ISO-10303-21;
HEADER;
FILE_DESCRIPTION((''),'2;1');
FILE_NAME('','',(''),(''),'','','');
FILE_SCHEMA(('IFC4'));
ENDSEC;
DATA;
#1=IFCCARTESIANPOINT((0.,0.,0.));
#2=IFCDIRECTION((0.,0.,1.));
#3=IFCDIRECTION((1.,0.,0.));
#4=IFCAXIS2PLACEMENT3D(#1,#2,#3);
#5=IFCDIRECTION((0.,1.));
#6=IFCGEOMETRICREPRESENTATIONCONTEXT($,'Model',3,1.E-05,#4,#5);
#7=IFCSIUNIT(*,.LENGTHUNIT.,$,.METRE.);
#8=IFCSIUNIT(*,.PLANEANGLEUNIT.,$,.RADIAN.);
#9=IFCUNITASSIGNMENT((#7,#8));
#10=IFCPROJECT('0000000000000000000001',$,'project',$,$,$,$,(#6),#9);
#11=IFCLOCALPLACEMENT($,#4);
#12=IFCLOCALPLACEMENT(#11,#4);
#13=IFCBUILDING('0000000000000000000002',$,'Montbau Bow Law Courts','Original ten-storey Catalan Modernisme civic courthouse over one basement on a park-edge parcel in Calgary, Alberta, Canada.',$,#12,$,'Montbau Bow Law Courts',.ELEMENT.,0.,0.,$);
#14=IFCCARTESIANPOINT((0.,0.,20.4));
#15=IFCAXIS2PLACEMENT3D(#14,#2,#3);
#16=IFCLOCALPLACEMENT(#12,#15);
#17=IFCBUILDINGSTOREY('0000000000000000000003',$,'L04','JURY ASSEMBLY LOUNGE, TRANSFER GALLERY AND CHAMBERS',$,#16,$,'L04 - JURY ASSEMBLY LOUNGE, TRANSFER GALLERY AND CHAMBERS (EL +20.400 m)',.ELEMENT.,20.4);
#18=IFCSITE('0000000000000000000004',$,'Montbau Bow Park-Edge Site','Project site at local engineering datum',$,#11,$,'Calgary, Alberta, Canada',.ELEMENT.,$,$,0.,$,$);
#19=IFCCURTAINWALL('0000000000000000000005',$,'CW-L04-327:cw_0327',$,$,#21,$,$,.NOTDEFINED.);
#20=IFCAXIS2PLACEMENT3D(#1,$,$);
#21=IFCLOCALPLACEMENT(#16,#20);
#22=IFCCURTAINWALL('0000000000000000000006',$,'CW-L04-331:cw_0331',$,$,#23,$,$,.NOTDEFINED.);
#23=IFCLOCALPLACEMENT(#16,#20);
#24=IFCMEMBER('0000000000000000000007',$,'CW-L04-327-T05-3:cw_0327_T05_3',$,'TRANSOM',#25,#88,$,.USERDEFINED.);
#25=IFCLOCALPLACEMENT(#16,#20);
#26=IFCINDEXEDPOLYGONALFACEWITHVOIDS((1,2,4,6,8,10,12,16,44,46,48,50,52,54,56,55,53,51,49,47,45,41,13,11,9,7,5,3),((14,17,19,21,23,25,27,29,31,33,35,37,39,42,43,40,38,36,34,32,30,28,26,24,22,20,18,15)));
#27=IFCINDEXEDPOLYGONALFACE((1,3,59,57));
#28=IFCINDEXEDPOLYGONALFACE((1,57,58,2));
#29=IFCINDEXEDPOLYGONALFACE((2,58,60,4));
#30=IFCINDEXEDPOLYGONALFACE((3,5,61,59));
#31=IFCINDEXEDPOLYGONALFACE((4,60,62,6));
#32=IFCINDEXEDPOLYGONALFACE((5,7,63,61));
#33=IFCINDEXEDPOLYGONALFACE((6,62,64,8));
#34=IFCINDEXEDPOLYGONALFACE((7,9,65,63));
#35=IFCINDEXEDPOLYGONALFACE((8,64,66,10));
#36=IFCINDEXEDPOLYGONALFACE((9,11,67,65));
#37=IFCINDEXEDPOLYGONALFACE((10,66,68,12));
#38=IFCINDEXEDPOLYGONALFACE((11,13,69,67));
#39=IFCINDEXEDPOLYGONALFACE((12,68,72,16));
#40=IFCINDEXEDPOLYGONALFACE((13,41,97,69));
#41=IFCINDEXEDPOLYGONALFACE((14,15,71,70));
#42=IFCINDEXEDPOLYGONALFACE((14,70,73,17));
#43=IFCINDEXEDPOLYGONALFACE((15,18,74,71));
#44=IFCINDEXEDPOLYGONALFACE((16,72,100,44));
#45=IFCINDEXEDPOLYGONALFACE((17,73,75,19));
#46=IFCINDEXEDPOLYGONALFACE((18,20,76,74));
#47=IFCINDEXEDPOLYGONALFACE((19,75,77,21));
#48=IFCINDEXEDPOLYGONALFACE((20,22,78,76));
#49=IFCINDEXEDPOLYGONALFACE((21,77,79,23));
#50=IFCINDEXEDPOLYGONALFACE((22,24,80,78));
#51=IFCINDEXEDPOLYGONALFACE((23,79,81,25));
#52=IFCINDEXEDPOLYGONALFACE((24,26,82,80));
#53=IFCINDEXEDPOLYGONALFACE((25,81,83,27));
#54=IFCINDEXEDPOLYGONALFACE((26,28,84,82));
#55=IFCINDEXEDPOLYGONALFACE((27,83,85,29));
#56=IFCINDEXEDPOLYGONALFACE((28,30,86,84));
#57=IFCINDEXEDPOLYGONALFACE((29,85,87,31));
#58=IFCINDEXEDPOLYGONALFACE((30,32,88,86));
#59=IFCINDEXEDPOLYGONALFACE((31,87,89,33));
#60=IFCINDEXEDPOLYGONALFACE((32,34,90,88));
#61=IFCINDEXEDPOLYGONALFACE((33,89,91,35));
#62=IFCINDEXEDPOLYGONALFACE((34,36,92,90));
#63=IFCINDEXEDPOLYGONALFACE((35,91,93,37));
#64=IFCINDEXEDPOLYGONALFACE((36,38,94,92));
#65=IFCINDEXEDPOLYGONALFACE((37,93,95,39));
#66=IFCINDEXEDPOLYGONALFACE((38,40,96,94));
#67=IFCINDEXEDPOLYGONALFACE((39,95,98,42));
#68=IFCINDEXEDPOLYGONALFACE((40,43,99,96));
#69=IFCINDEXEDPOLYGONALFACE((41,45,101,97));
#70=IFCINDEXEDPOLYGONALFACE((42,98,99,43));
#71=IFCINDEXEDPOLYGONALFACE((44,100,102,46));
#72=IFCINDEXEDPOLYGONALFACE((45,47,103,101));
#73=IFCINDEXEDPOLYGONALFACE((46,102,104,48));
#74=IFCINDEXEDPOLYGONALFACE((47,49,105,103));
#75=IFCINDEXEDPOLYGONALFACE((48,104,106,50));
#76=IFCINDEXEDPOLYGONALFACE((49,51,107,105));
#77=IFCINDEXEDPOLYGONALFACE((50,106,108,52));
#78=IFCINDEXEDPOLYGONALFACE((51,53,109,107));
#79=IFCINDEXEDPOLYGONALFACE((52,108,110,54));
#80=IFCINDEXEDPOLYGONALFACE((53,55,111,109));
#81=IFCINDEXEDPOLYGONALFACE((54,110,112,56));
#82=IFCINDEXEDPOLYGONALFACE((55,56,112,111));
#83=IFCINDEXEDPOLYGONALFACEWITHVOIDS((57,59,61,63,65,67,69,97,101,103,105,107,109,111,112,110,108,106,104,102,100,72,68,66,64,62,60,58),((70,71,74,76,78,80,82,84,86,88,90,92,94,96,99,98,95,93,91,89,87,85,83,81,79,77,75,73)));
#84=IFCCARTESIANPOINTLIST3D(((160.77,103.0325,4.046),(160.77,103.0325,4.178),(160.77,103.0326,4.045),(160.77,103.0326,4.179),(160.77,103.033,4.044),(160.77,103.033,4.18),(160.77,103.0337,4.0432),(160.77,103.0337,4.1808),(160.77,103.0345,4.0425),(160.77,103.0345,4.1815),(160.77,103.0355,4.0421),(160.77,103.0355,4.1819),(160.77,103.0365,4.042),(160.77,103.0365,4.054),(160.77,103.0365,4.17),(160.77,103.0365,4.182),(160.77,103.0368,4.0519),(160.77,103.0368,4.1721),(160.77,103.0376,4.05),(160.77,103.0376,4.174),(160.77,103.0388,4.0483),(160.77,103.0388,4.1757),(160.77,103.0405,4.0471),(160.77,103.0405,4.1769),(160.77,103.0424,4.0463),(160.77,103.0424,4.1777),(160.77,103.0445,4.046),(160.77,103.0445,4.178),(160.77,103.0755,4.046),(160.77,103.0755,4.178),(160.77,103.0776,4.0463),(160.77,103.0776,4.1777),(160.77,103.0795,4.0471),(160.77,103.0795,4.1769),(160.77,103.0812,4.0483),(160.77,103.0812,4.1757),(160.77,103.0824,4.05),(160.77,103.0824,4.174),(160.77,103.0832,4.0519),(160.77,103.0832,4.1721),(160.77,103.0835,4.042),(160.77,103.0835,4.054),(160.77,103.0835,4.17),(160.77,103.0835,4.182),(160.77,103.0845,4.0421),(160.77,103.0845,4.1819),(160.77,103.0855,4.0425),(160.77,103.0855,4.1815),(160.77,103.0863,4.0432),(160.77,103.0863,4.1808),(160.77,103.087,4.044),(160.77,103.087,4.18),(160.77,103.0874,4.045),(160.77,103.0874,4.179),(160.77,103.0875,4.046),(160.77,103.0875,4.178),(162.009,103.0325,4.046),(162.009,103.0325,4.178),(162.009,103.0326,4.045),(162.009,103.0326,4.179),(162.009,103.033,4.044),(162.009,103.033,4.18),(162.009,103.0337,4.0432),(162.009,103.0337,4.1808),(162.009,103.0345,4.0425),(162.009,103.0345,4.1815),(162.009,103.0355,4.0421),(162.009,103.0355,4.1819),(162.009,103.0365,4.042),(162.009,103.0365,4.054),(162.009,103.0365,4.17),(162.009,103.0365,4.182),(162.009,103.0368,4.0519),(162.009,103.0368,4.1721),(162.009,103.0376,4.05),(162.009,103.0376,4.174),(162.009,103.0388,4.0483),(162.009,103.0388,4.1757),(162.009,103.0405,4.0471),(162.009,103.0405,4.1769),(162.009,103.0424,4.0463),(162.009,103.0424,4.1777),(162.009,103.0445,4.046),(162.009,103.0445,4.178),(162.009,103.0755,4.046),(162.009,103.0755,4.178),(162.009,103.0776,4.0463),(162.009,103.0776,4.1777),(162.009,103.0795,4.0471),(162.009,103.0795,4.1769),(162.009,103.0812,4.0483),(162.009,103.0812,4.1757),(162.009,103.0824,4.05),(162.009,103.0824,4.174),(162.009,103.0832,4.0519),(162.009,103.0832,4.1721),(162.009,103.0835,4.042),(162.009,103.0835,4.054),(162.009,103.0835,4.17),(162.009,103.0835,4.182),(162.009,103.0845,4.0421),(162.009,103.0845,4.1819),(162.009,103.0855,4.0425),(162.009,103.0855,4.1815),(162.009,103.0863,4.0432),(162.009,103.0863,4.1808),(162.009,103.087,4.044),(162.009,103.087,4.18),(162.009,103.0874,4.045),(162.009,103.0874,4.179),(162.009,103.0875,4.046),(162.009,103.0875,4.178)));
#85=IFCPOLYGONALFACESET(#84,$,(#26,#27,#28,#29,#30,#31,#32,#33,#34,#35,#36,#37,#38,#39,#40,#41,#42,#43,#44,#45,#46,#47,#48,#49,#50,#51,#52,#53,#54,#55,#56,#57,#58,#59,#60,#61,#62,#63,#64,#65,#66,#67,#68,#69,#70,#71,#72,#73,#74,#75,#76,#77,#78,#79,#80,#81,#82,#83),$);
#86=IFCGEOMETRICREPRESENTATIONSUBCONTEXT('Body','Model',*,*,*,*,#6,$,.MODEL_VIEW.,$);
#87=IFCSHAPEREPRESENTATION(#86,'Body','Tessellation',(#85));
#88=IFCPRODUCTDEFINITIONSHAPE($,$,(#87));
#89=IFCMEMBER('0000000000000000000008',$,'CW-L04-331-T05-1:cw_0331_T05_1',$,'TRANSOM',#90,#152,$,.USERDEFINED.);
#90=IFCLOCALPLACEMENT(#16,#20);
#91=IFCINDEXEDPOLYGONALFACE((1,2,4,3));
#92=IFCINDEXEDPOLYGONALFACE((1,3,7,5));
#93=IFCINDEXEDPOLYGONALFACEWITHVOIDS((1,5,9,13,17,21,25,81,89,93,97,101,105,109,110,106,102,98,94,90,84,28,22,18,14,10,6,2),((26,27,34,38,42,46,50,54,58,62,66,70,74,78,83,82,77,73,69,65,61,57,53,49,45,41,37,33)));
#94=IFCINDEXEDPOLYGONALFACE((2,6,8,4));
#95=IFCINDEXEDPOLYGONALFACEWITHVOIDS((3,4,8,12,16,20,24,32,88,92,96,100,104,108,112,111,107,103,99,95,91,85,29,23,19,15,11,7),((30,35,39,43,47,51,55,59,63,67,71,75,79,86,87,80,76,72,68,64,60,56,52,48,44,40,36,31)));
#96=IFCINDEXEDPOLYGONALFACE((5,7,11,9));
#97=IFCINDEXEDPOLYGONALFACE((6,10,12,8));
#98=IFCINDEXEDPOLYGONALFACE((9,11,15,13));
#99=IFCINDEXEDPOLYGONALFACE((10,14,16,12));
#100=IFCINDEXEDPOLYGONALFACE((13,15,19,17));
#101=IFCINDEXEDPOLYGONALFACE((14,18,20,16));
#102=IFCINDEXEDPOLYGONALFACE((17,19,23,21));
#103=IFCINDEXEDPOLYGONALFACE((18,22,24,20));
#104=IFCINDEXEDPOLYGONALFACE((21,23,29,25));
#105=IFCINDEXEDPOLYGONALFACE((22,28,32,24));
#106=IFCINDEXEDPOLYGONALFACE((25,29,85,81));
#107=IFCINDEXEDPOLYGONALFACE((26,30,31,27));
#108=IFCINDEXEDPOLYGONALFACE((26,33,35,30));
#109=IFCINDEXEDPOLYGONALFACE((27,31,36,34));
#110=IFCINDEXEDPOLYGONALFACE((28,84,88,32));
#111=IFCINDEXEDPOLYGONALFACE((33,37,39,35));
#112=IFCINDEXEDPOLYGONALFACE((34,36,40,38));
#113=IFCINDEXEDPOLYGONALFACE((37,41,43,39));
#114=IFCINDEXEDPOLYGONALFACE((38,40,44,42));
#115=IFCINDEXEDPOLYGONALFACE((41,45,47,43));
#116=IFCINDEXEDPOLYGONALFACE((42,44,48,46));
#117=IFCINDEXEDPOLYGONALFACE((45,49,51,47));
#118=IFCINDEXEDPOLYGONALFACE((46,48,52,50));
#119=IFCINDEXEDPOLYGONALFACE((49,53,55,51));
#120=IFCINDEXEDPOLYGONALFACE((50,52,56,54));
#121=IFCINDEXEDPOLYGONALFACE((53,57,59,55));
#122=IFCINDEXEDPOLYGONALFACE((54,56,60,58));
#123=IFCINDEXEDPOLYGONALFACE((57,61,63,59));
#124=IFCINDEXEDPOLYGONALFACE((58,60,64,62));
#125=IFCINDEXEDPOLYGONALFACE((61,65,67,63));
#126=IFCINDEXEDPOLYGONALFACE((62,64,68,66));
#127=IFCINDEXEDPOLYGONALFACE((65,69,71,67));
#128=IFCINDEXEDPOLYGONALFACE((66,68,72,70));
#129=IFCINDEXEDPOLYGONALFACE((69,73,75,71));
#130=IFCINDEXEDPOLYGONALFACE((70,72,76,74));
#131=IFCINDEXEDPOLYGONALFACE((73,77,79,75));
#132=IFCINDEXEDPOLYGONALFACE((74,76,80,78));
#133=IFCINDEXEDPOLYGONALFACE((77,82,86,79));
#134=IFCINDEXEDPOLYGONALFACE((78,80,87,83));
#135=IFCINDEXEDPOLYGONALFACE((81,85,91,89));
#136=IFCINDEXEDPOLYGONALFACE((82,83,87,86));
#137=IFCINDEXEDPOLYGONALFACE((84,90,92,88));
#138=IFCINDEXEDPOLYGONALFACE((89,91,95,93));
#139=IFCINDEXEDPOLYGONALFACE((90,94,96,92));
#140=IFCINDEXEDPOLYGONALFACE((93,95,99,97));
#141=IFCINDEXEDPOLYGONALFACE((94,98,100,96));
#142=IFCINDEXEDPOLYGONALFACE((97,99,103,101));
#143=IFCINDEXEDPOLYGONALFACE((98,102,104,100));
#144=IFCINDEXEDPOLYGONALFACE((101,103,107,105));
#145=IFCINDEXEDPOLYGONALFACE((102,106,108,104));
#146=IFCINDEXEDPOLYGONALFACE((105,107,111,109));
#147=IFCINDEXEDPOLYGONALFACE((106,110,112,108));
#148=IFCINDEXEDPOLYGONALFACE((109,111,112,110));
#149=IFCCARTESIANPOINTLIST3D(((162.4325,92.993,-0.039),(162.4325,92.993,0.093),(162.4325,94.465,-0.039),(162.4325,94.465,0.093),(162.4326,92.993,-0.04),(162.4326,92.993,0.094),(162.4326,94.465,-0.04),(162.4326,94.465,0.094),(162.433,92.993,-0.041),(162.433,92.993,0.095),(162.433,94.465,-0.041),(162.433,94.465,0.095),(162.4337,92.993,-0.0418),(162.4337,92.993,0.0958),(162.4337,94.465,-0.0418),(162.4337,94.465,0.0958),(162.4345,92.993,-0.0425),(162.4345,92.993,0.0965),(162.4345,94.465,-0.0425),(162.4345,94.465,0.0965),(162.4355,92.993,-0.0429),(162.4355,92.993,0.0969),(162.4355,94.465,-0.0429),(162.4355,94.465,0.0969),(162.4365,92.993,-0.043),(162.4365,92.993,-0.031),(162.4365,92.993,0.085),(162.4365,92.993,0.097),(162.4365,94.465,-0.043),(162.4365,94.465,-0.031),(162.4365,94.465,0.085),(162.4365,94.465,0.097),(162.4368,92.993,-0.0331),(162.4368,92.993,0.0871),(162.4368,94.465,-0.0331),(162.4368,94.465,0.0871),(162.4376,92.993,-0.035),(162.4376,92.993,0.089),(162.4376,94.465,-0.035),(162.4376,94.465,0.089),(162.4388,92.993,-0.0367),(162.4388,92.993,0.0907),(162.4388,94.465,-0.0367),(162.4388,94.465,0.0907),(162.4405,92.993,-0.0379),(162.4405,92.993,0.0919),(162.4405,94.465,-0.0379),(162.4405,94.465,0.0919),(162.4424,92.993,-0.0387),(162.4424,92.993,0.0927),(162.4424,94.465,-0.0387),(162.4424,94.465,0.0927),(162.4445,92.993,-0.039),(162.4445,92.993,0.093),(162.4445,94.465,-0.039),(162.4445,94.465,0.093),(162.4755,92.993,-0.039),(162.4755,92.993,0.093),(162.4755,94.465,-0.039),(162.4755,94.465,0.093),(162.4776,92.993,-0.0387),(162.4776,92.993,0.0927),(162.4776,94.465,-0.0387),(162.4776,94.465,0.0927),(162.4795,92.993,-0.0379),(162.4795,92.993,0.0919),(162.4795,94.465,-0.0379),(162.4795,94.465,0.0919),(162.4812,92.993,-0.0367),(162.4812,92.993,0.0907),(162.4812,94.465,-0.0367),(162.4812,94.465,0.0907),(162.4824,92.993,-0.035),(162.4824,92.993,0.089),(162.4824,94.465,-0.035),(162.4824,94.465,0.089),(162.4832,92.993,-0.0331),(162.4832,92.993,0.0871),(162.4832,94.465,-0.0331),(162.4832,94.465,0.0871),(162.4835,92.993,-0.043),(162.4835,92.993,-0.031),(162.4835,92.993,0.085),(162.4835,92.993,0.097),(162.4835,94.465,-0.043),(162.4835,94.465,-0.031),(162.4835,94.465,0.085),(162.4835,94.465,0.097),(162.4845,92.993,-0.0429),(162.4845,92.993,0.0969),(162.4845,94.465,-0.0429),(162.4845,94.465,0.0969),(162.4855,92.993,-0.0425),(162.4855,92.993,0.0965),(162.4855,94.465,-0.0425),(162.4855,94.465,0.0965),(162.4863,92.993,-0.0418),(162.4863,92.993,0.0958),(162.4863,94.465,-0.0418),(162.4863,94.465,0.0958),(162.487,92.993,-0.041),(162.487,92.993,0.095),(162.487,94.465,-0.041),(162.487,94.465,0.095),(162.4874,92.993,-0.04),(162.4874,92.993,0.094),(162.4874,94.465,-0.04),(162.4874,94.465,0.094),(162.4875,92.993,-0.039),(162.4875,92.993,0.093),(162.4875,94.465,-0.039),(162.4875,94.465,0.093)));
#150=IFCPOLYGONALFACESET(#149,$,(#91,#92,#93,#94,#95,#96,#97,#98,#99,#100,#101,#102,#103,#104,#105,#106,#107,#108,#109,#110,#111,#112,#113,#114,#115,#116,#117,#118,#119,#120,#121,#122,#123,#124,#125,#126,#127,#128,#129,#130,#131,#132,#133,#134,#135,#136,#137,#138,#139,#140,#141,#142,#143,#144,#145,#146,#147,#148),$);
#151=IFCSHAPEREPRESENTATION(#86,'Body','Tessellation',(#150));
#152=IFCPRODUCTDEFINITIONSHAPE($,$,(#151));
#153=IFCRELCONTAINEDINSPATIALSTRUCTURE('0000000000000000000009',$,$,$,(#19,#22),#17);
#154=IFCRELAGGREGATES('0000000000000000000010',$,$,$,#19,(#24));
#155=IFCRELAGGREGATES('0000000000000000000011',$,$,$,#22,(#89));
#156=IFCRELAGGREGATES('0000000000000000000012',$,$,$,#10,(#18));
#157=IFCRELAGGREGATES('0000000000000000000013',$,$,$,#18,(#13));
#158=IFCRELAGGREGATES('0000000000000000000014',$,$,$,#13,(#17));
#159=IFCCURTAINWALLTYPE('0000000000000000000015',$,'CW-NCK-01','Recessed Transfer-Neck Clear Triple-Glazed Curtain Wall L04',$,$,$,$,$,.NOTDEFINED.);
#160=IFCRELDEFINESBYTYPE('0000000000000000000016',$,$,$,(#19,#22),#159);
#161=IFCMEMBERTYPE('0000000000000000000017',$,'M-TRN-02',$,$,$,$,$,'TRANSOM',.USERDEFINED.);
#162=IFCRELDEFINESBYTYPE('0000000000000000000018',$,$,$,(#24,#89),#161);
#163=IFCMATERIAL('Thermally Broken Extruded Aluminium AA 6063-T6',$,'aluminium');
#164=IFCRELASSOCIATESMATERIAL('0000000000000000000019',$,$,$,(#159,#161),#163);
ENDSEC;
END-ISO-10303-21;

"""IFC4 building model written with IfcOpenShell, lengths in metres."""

from ifc_helpers import new_model, si_unit, direction, frame, origin_with_axes, origin_2d_with_axis, place, context, subcontext, project, spatial, hollow_rectangle, extrude, material, material_profile, profile_set, type_object, element, aggregate, save


model = new_model("IFC4")

# Units and contexts
model_context = context("Model", 3, precision=1e-05, world=origin_with_axes(), true_north=direction((0.0, 1.0)))
body_context = subcontext(model_context, "Body", "Model", "MODEL_VIEW")
ifc_project = project(units=[si_unit("LENGTHUNIT", "METRE"), si_unit("PLANEANGLEUNIT", "RADIAN")], contexts=[model_context])

# Site, building, storey
site_placement = place(None, origin_with_axes())
site = spatial("IfcSite", under=ifc_project, at=site_placement, Name="Montbau Bow Park-Edge Site", Description="Project site at local engineering datum", LongName="Calgary, Alberta, Canada", CompositionType="ELEMENT", RefElevation=0.0)
building_placement = place(site_placement, origin_with_axes())
building = spatial("IfcBuilding", under=site, at=building_placement, Name="Montbau Bow Law Courts", Description="Original ten-storey Catalan Modernisme civic courthouse over one basement on a park-edge parcel in Calgary, Alberta, Canada.", LongName="Montbau Bow Law Courts", CompositionType="ELEMENT", ElevationOfRefHeight=0.0, ElevationOfTerrain=0.0)
storey_placement = place(building_placement, frame((0.0, 0.0, 20.4), z_axis=(0.0, 0.0, 1.0), x_axis=(1.0, 0.0, 0.0)))
storey = spatial("IfcBuildingStorey", under=building, at=storey_placement, Name="L04", Description="JURY ASSEMBLY LOUNGE, TRANSFER GALLERY AND CHAMBERS", LongName="L04 - JURY ASSEMBLY LOUNGE, TRANSFER GALLERY AND CHAMBERS (EL +20.400 m)", CompositionType="ELEMENT", Elevation=20.4)

# Curtain walls
ifc_material_1 = material(Name="Thermally Broken Extruded Aluminium AA 6063-T6", Category="aluminium")
curtain_wall_type = type_object("IfcCurtainWallType", Name="CW-NCK-01", Description="Recessed Transfer-Neck Clear Triple-Glazed Curtain Wall L04", PredefinedType="NOTDEFINED", material=ifc_material_1)
curtain_wall_1_placement = place(None, frame((155.315, 103.06, 20.4), z_axis=(0.0, 0.0, 1.0), x_axis=(1.0, 0.0, 0.0)))
curtain_wall_1 = element("IfcCurtainWall", 1, at=curtain_wall_1_placement, inside=storey, type_object=curtain_wall_type, Name="CW-L04-327:cw_0327", PredefinedType="NOTDEFINED")
curtain_wall_2_placement = place(None, frame((162.46, 86.668, 20.4), z_axis=(0.0, 0.0, 1.0), x_axis=(1.0, 0.0, 0.0)))
curtain_wall_2 = element("IfcCurtainWall", 2, at=curtain_wall_2_placement, inside=storey, type_object=curtain_wall_type, Name="CW-L04-331:cw_0331", PredefinedType="NOTDEFINED")

# Members
ifc_material_profile_1 = material_profile(ifc_material_1, hollow_rectangle(XDim=0.055, YDim=0.14, WallThickness=0.004, InnerFilletRadius=0.008, OuterFilletRadius=0.004, at=origin_2d_with_axis()), Name="CWT-140X55", Category="Main", Priority=0)
ifc_profile_set_1 = profile_set([ifc_material_profile_1], Name="Thermally Broken Extruded Aluminium AA 6063-T6")
member_type_1 = type_object("IfcMemberType", Name="M-TRN-02", ElementType="TRANSOM", PredefinedType="USERDEFINED", material=ifc_profile_set_1)
member_1_placement = place(None, frame((160.77, 103.06, 24.512), z_axis=(1.0, 0.0, 0.0), x_axis=(0.0, 1.0, 0.0)))
member_1 = element("IfcMember", 3, at=member_1_placement, type_object=member_type_1, Name="CW-L04-327-T05-3:cw_0327_T05_3", ObjectType="TRANSOM", PredefinedType="USERDEFINED", context=body_context, shape_type="SweptSolid", body=[
    extrude(hollow_rectangle(XDim=0.055, YDim=0.14, WallThickness=0.004, InnerFilletRadius=0.008, OuterFilletRadius=0.004, at=origin_2d_with_axis()), origin_with_axes(), (0.0, 0.0, 1.0), 1.239),
])
member_2_placement = place(None, frame((162.46, 92.993, 20.427), z_axis=(0.0, 1.0, 0.0), x_axis=(-1.0, 0.0, 0.0)))
member_2 = element("IfcMember", 4, at=member_2_placement, type_object=member_type_1, Name="CW-L04-331-T05-1:cw_0331_T05_1", ObjectType="TRANSOM", PredefinedType="USERDEFINED", context=body_context, shape_type="SweptSolid", body=[
    extrude(hollow_rectangle(XDim=0.055, YDim=0.14, WallThickness=0.004, InnerFilletRadius=0.008, OuterFilletRadius=0.004, at=origin_2d_with_axis()), origin_with_axes(), (0.0, 0.0, 1.0), 1.472),
])

aggregate(curtain_wall_1, [member_1])
aggregate(curtain_wall_2, [member_2])

save(model, "model.ifc")
